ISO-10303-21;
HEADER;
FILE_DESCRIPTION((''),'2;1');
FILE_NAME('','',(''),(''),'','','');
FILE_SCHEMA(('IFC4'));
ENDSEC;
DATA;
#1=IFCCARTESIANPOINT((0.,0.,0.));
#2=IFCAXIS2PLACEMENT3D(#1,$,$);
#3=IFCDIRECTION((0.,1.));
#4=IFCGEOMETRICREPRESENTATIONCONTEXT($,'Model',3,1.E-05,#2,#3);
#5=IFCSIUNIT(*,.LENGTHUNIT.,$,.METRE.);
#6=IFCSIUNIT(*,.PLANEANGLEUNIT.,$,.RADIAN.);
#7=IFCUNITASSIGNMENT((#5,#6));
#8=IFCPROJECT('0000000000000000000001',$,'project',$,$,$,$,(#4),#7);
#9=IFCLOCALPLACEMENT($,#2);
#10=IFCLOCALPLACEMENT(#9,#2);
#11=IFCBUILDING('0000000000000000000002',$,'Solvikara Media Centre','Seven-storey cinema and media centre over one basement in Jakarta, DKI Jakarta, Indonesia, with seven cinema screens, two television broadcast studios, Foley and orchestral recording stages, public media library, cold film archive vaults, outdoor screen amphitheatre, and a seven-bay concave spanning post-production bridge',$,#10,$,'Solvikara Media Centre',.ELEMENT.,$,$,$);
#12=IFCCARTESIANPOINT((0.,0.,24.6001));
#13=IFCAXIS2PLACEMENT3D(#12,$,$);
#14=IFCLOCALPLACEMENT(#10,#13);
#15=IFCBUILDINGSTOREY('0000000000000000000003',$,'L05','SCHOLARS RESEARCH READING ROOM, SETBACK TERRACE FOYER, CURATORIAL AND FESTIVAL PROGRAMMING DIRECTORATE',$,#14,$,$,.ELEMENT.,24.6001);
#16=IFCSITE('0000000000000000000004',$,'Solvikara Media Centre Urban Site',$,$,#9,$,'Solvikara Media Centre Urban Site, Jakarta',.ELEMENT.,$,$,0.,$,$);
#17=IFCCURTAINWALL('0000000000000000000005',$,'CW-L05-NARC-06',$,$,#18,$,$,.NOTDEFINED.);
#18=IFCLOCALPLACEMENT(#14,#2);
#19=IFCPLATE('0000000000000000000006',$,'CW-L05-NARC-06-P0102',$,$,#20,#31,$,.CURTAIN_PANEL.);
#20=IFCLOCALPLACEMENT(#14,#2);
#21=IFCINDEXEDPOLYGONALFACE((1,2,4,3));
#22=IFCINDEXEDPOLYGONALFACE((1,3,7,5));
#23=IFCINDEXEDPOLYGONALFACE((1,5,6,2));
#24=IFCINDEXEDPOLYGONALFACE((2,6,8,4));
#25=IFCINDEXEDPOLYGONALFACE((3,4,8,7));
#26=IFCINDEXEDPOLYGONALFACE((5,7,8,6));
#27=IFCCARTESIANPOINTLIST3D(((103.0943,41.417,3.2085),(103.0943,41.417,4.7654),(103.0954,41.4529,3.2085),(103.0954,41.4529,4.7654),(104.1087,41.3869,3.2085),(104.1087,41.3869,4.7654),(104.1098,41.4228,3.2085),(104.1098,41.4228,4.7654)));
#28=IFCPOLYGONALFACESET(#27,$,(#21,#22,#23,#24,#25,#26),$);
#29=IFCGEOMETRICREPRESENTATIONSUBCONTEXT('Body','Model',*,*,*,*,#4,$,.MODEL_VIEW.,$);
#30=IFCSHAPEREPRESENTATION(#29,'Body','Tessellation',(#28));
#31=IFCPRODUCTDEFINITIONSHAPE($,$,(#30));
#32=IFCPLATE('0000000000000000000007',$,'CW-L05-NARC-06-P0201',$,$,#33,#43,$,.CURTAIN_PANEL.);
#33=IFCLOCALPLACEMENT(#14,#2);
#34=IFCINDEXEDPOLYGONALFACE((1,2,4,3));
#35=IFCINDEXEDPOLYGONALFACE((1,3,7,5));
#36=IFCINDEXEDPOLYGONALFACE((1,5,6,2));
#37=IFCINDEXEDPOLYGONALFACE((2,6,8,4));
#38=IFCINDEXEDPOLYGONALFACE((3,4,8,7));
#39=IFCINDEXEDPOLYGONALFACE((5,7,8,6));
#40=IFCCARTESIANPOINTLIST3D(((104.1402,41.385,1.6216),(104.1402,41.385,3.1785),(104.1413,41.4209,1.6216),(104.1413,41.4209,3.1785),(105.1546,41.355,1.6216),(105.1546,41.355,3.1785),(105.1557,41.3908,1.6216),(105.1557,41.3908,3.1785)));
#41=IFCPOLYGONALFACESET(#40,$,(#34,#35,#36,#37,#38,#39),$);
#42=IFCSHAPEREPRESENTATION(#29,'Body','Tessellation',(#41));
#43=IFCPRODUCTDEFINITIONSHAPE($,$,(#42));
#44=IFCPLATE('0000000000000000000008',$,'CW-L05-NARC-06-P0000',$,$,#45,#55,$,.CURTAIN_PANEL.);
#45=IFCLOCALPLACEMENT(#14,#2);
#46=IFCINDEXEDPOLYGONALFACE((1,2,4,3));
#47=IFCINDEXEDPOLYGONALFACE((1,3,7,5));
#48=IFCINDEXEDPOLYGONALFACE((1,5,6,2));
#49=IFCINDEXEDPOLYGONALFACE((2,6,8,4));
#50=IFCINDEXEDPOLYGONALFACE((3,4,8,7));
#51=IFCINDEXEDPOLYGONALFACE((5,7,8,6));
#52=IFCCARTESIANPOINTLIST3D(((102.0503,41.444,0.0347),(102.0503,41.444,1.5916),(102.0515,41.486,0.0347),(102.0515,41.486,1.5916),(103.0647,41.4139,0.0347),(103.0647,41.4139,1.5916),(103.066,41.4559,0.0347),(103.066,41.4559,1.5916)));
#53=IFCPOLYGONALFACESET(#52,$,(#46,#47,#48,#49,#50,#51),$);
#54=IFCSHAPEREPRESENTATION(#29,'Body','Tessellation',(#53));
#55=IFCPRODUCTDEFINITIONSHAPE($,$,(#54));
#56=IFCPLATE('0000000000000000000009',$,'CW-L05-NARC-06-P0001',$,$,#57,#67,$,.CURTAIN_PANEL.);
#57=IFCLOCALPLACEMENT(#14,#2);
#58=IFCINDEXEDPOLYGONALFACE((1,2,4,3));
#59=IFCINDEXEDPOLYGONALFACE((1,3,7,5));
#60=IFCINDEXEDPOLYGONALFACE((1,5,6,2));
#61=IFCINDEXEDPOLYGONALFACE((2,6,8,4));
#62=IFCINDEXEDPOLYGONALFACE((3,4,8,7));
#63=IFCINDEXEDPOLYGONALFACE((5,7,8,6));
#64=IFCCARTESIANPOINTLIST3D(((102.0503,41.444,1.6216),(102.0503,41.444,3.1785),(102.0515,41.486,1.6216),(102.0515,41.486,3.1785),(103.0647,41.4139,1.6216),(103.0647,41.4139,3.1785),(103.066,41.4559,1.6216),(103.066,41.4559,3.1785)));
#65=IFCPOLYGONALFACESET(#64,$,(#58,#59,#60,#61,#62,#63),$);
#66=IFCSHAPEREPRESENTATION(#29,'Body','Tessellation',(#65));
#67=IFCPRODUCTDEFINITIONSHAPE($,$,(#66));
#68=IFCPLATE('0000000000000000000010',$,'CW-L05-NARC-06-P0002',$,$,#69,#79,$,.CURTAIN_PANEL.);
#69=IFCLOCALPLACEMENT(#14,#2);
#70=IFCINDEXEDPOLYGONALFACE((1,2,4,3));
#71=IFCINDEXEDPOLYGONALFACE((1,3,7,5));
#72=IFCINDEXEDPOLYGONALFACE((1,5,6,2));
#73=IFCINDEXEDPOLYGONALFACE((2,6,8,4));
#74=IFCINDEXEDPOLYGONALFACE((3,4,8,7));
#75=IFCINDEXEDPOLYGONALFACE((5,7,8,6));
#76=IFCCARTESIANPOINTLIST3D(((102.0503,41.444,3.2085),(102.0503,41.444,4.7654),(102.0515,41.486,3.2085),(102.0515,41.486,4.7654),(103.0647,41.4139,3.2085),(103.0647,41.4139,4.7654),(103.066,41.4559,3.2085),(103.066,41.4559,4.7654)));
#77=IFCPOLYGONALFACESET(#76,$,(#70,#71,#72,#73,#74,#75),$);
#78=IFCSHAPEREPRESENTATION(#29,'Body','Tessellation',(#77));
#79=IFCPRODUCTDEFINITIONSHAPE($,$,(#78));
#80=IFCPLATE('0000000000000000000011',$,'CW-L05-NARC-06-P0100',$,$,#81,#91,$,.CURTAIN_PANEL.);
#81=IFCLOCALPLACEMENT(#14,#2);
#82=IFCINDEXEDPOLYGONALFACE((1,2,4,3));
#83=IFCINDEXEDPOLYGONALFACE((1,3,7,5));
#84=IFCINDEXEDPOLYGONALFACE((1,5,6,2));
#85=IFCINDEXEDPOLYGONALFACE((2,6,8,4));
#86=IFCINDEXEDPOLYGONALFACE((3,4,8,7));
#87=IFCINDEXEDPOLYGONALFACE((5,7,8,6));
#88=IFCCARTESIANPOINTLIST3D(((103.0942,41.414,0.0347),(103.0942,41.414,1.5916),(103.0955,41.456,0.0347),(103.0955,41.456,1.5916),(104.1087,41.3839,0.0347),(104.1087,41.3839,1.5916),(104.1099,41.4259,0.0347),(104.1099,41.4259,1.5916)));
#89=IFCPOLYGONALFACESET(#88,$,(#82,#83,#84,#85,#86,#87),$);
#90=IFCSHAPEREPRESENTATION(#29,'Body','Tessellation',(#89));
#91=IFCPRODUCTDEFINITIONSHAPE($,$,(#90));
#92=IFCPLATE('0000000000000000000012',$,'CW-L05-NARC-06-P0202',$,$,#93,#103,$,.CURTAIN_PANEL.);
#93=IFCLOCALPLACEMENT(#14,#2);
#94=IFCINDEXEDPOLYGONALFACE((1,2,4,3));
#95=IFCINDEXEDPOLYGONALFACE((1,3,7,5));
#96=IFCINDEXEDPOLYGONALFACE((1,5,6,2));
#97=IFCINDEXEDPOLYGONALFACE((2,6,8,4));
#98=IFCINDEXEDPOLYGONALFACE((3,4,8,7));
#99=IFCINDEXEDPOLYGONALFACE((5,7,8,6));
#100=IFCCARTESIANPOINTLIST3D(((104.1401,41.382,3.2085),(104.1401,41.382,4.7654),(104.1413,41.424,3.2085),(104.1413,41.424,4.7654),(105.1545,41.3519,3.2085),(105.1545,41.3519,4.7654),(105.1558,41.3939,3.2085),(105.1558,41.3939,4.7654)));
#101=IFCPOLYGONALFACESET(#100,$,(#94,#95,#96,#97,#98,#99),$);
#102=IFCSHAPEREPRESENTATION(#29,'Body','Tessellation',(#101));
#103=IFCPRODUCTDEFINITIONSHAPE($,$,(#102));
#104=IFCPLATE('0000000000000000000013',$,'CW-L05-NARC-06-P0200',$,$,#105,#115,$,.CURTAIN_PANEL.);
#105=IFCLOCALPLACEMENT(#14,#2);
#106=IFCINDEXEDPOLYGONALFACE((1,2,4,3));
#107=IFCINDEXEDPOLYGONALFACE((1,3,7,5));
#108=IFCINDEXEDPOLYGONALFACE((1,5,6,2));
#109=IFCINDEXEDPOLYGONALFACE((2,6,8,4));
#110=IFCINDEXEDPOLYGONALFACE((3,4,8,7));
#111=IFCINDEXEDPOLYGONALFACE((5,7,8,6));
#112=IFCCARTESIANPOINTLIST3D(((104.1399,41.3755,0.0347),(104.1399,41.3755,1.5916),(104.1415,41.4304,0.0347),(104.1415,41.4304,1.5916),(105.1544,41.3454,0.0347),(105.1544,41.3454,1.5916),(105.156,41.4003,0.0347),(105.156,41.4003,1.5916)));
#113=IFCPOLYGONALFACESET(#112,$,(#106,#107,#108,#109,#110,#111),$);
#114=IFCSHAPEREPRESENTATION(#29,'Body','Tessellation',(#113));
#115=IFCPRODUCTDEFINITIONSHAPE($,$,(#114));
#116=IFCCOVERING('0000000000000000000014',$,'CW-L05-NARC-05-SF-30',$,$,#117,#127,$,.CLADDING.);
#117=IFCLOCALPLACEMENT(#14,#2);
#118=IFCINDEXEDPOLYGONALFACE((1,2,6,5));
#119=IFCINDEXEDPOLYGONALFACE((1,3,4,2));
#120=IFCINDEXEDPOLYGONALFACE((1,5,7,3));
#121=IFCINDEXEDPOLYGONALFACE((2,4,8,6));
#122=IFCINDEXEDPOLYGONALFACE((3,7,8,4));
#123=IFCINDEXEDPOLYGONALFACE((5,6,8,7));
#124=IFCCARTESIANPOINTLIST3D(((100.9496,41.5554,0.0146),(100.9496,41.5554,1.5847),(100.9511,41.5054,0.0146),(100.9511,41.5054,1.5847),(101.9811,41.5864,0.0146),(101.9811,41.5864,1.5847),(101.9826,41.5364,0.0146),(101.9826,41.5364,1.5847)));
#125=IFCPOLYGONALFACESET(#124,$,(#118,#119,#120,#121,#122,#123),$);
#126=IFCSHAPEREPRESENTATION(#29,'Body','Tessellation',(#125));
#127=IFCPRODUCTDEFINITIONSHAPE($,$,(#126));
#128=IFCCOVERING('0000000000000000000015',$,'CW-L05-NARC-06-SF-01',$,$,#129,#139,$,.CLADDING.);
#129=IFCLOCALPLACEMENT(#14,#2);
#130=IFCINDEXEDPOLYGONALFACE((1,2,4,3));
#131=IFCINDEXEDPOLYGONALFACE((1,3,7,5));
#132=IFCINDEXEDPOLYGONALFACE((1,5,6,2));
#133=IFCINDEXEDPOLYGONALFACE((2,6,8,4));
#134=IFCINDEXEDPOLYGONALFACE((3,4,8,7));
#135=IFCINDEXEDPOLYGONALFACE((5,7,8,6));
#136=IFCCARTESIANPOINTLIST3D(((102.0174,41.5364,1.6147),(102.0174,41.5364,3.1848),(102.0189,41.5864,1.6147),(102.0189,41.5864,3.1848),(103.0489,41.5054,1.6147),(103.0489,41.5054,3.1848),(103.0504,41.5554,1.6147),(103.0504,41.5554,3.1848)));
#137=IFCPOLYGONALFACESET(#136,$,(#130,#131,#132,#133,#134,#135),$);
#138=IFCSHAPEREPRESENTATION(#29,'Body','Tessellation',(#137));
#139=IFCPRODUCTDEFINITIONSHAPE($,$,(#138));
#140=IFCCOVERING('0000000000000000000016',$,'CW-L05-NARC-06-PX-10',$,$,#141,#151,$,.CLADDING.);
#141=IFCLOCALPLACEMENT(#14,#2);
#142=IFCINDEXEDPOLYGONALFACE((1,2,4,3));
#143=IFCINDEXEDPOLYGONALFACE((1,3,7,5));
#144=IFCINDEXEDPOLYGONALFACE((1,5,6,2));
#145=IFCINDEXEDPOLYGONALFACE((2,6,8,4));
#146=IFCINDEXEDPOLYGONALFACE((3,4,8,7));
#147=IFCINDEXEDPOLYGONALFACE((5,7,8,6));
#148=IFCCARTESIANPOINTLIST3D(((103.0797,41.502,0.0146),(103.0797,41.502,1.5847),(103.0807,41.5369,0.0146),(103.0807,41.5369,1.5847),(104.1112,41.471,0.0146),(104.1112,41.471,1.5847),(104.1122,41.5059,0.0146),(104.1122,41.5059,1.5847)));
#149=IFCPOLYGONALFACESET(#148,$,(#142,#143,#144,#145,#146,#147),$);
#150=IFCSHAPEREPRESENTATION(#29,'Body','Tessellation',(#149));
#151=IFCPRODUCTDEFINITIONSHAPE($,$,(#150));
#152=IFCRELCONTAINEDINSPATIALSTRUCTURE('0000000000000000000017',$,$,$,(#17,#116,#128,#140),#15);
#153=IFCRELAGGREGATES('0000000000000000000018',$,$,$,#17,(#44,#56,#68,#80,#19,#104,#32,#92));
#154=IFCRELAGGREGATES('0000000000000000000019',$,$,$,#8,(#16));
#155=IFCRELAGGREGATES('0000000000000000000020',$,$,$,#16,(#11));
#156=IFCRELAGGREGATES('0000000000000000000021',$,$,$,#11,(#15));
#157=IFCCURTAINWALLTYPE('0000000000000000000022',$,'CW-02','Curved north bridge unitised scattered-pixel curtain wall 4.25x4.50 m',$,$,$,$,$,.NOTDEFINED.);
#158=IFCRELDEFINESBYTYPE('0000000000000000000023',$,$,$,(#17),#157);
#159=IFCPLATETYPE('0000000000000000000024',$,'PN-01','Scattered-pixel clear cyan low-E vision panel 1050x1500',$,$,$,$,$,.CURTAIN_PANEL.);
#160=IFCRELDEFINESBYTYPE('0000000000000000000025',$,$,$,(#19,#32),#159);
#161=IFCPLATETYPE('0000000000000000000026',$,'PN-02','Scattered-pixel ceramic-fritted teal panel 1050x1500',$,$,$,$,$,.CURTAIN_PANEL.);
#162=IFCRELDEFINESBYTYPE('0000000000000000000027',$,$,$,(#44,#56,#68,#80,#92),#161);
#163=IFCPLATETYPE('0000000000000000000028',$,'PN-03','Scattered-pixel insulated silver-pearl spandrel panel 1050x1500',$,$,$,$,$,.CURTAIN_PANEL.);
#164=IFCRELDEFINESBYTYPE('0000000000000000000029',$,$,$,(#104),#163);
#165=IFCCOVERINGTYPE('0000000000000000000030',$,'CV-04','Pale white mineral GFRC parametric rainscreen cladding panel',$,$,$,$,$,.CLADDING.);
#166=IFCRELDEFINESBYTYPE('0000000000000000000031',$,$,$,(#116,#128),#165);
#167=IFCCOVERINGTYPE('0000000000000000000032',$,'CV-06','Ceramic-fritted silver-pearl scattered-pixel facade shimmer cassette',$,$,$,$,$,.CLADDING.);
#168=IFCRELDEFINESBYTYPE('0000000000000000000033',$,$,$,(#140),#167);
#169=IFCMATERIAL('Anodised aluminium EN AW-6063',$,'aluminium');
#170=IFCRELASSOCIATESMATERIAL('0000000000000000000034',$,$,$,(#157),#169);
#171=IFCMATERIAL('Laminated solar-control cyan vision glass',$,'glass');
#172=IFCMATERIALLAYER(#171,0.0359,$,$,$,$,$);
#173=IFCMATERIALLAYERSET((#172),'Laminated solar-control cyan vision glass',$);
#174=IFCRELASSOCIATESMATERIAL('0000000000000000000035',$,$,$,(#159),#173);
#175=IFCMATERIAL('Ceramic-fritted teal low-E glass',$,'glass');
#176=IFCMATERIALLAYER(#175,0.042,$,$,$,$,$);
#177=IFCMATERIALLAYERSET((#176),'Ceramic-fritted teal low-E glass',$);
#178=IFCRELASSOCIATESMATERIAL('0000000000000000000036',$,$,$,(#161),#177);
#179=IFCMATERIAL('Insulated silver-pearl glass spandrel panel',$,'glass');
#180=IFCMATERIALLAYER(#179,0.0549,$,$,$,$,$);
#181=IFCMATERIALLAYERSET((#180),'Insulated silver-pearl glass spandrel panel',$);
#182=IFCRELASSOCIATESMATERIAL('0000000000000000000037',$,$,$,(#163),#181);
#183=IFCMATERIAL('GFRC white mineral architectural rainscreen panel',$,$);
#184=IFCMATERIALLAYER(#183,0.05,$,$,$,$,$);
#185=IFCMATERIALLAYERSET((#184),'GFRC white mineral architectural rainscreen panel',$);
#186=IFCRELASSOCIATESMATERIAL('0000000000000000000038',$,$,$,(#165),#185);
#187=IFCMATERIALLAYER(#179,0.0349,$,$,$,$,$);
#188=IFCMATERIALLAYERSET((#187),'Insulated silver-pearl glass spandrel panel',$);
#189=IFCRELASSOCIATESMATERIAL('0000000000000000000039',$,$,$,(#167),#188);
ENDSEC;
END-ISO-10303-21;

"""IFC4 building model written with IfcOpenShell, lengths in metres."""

from ifc_helpers import new_model, si_unit, direction, frame, origin, origin_2d, place, context, subcontext, project, spatial, rectangle, extrude, material, layer, layer_set, type_object, element, aggregate, save


model = new_model("IFC4")

# Units and contexts
model_context = context("Model", 3, precision=1e-05, world=origin(), true_north=direction((0.0, 1.0)))
body_context = subcontext(model_context, "Body", "Model", "MODEL_VIEW")
ifc_project = project(units=[si_unit("LENGTHUNIT", "METRE"), si_unit("PLANEANGLEUNIT", "RADIAN")], contexts=[model_context])

# Site, building, storey
site_placement = place(None, origin())
site = spatial("IfcSite", under=ifc_project, at=site_placement, Name="Solvikara Media Centre Urban Site", LongName="Solvikara Media Centre Urban Site, Jakarta", CompositionType="ELEMENT", RefElevation=0.0)
building_placement = place(site_placement, origin())
building = spatial("IfcBuilding", under=site, at=building_placement, Name="Solvikara Media Centre", Description="Seven-storey cinema and media centre over one basement in Jakarta, DKI Jakarta, Indonesia, with seven cinema screens, two television broadcast studios, Foley and orchestral recording stages, public media library, cold film archive vaults, outdoor screen amphitheatre, and a seven-bay concave spanning post-production bridge", LongName="Solvikara Media Centre", CompositionType="ELEMENT")
storey_placement = place(building_placement, frame((0.0, 0.0, 24.6001)))
storey = spatial("IfcBuildingStorey", under=building, at=storey_placement, Name="L05", Description="SCHOLARS RESEARCH READING ROOM, SETBACK TERRACE FOYER, CURATORIAL AND FESTIVAL PROGRAMMING DIRECTORATE", CompositionType="ELEMENT", Elevation=24.6001)

# Shared definitions
ifc_material_1 = material(Name="Anodised aluminium EN AW-6063", Category="aluminium")
curtain_wall_type = type_object("IfcCurtainWallType", Name="CW-02", Description="Curved north bridge unitised scattered-pixel curtain wall 4.25x4.50 m", PredefinedType="NOTDEFINED", material=ifc_material_1)

# Curtain wall, plates
curtain_wall_1_placement = place(storey_placement, origin())
curtain_wall_1 = element("IfcCurtainWall", 1, at=curtain_wall_1_placement, inside=storey, type_object=curtain_wall_type, Name="CW-L05-NARC-06", PredefinedType="NOTDEFINED")
ifc_material_2 = material(Name="Laminated solar-control cyan vision glass", Category="glass")
ifc_layer_1 = layer(ifc_material_2, 0.0359)
ifc_layer_set_1 = layer_set([ifc_layer_1], Name="Laminated solar-control cyan vision glass")
plate_type_1 = type_object("IfcPlateType", Name="PN-01", Description="Scattered-pixel clear cyan low-E vision panel 1050x1500", PredefinedType="CURTAIN_PANEL", material=ifc_layer_set_1)
plate_1_placement = place(storey_placement, frame((103.6021, 41.4199, 3.2085), z_axis=(0.0, 0.0, 1.0), x_axis=(0.99956, -0.029649, 0.0)))
plate_1 = element("IfcPlate", 2, at=plate_1_placement, type_object=plate_type_1, Name="CW-L05-NARC-06-P0102", PredefinedType="CURTAIN_PANEL", context=body_context, shape_type="SweptSolid", body=[
    extrude(rectangle(XDim=1.0149, YDim=0.0359, at=origin_2d()), origin(), (0.0, 0.0, 1.0), 1.5569),
])
plate_2_placement = place(storey_placement, frame((104.6479, 41.3879, 1.6216), z_axis=(0.0, 0.0, 1.0), x_axis=(0.99956, -0.029649, 0.0)))
plate_2 = element("IfcPlate", 3, at=plate_2_placement, type_object=plate_type_1, Name="CW-L05-NARC-06-P0201", PredefinedType="CURTAIN_PANEL", context=body_context, shape_type="SweptSolid", body=[
    extrude(rectangle(XDim=1.0149, YDim=0.0359, at=origin_2d()), origin(), (0.0, 0.0, 1.0), 1.5569),
])
ifc_material_3 = material(Name="Ceramic-fritted teal low-E glass", Category="glass")
ifc_layer_2 = layer(ifc_material_3, 0.042)
ifc_layer_set_2 = layer_set([ifc_layer_2], Name="Ceramic-fritted teal low-E glass")
plate_type_2 = type_object("IfcPlateType", Name="PN-02", Description="Scattered-pixel ceramic-fritted teal panel 1050x1500", PredefinedType="CURTAIN_PANEL", material=ifc_layer_set_2)
plate_3_placement = place(storey_placement, frame((102.5581, 41.45, 0.0347), z_axis=(0.0, 0.0, 1.0), x_axis=(0.99956, -0.029649, 0.0)))
plate_3 = element("IfcPlate", 4, at=plate_3_placement, type_object=plate_type_2, Name="CW-L05-NARC-06-P0000", PredefinedType="CURTAIN_PANEL", context=body_context, shape_type="SweptSolid", body=[
    extrude(rectangle(XDim=1.0149, YDim=0.042, at=origin_2d()), origin(), (0.0, 0.0, 1.0), 1.5569),
])
plate_4_placement = place(storey_placement, frame((102.5581, 41.45, 1.6216), z_axis=(0.0, 0.0, 1.0), x_axis=(0.99956, -0.029649, 0.0)))
plate_4 = element("IfcPlate", 5, at=plate_4_placement, type_object=plate_type_2, Name="CW-L05-NARC-06-P0001", PredefinedType="CURTAIN_PANEL", context=body_context, shape_type="SweptSolid", body=[
    extrude(rectangle(XDim=1.0149, YDim=0.042, at=origin_2d()), origin(), (0.0, 0.0, 1.0), 1.5569),
])
plate_5_placement = place(storey_placement, frame((102.5581, 41.45, 3.2085), z_axis=(0.0, 0.0, 1.0), x_axis=(0.99956, -0.029649, 0.0)))
plate_5 = element("IfcPlate", 6, at=plate_5_placement, type_object=plate_type_2, Name="CW-L05-NARC-06-P0002", PredefinedType="CURTAIN_PANEL", context=body_context, shape_type="SweptSolid", body=[
    extrude(rectangle(XDim=1.0149, YDim=0.042, at=origin_2d()), origin(), (0.0, 0.0, 1.0), 1.5569),
])
plate_6_placement = place(storey_placement, frame((103.6021, 41.4199, 0.0347), z_axis=(0.0, 0.0, 1.0), x_axis=(0.99956, -0.029649, 0.0)))
plate_6 = element("IfcPlate", 7, at=plate_6_placement, type_object=plate_type_2, Name="CW-L05-NARC-06-P0100", PredefinedType="CURTAIN_PANEL", context=body_context, shape_type="SweptSolid", body=[
    extrude(rectangle(XDim=1.0149, YDim=0.042, at=origin_2d()), origin(), (0.0, 0.0, 1.0), 1.5569),
])
plate_7_placement = place(storey_placement, frame((104.6479, 41.3879, 3.2085), z_axis=(0.0, 0.0, 1.0), x_axis=(0.99956, -0.029649, 0.0)))
plate_7 = element("IfcPlate", 8, at=plate_7_placement, type_object=plate_type_2, Name="CW-L05-NARC-06-P0202", PredefinedType="CURTAIN_PANEL", context=body_context, shape_type="SweptSolid", body=[
    extrude(rectangle(XDim=1.0149, YDim=0.042, at=origin_2d()), origin(), (0.0, 0.0, 1.0), 1.5569),
])
ifc_material_4 = material(Name="Insulated silver-pearl glass spandrel panel", Category="glass")
ifc_layer_3 = layer(ifc_material_4, 0.0549)
ifc_layer_set_3 = layer_set([ifc_layer_3], Name="Insulated silver-pearl glass spandrel panel")
plate_type_3 = type_object("IfcPlateType", Name="PN-03", Description="Scattered-pixel insulated silver-pearl spandrel panel 1050x1500", PredefinedType="CURTAIN_PANEL", material=ifc_layer_set_3)
plate_8_placement = place(storey_placement, frame((104.6479, 41.3879, 0.0347), z_axis=(0.0, 0.0, 1.0), x_axis=(0.99956, -0.029649, 0.0)))
plate_8 = element("IfcPlate", 9, at=plate_8_placement, type_object=plate_type_3, Name="CW-L05-NARC-06-P0200", PredefinedType="CURTAIN_PANEL", context=body_context, shape_type="SweptSolid", body=[
    extrude(rectangle(XDim=1.0149, YDim=0.0549, at=origin_2d()), origin(), (0.0, 0.0, 1.0), 1.5569),
])
aggregate(curtain_wall_1, [plate_3, plate_4, plate_5, plate_6, plate_1, plate_8, plate_2, plate_7])

# Coverings
ifc_material_5 = material(Name="GFRC white mineral architectural rainscreen panel")
ifc_layer_4 = layer(ifc_material_5, 0.05)
ifc_layer_set_4 = layer_set([ifc_layer_4], Name="GFRC white mineral architectural rainscreen panel")
covering_type_1 = type_object("IfcCoveringType", Name="CV-04", Description="Pale white mineral GFRC parametric rainscreen cladding panel", PredefinedType="CLADDING", material=ifc_layer_set_4)
for number, where, z_axis, x_axis, name in (
    (10, (101.4661, 41.5459, 0.0146), (0.0, 0.0, 1.0), (0.999549, 0.030033, 0.0), "CW-L05-NARC-05-SF-30"),
    (11, (102.5339, 41.5459, 1.6147), (0.0, 0.0, 1.0), (0.999549, -0.030033, 0.0), "CW-L05-NARC-06-SF-01"),
):
    element("IfcCovering", number, at=place(storey_placement, frame(where, z_axis=z_axis, x_axis=x_axis)), inside=storey, type_object=covering_type_1, Name=name, PredefinedType="CLADDING", context=body_context, shape_type="SweptSolid", body=[
        extrude(rectangle(XDim=1.032, YDim=0.05, at=origin_2d()), origin(), (0.0, 0.0, 1.0), 1.5701),
    ])
ifc_layer_5 = layer(ifc_material_4, 0.0349)
ifc_layer_set_5 = layer_set([ifc_layer_5], Name="Insulated silver-pearl glass spandrel panel")
covering_type_2 = type_object("IfcCoveringType", Name="CV-06", Description="Ceramic-fritted silver-pearl scattered-pixel facade shimmer cassette", PredefinedType="CLADDING", material=ifc_layer_set_5)
covering_placement = place(storey_placement, frame((103.5959, 41.5039, 0.0146), z_axis=(0.0, 0.0, 1.0), x_axis=(0.999549, -0.030033, 0.0)))
element("IfcCovering", 12, at=covering_placement, inside=storey, type_object=covering_type_2, Name="CW-L05-NARC-06-PX-10", PredefinedType="CLADDING", context=body_context, shape_type="SweptSolid", body=[
    extrude(rectangle(XDim=1.032, YDim=0.0349, at=origin_2d()), origin(), (0.0, 0.0, 1.0), 1.5701),
])

save(model, "model.ifc")
